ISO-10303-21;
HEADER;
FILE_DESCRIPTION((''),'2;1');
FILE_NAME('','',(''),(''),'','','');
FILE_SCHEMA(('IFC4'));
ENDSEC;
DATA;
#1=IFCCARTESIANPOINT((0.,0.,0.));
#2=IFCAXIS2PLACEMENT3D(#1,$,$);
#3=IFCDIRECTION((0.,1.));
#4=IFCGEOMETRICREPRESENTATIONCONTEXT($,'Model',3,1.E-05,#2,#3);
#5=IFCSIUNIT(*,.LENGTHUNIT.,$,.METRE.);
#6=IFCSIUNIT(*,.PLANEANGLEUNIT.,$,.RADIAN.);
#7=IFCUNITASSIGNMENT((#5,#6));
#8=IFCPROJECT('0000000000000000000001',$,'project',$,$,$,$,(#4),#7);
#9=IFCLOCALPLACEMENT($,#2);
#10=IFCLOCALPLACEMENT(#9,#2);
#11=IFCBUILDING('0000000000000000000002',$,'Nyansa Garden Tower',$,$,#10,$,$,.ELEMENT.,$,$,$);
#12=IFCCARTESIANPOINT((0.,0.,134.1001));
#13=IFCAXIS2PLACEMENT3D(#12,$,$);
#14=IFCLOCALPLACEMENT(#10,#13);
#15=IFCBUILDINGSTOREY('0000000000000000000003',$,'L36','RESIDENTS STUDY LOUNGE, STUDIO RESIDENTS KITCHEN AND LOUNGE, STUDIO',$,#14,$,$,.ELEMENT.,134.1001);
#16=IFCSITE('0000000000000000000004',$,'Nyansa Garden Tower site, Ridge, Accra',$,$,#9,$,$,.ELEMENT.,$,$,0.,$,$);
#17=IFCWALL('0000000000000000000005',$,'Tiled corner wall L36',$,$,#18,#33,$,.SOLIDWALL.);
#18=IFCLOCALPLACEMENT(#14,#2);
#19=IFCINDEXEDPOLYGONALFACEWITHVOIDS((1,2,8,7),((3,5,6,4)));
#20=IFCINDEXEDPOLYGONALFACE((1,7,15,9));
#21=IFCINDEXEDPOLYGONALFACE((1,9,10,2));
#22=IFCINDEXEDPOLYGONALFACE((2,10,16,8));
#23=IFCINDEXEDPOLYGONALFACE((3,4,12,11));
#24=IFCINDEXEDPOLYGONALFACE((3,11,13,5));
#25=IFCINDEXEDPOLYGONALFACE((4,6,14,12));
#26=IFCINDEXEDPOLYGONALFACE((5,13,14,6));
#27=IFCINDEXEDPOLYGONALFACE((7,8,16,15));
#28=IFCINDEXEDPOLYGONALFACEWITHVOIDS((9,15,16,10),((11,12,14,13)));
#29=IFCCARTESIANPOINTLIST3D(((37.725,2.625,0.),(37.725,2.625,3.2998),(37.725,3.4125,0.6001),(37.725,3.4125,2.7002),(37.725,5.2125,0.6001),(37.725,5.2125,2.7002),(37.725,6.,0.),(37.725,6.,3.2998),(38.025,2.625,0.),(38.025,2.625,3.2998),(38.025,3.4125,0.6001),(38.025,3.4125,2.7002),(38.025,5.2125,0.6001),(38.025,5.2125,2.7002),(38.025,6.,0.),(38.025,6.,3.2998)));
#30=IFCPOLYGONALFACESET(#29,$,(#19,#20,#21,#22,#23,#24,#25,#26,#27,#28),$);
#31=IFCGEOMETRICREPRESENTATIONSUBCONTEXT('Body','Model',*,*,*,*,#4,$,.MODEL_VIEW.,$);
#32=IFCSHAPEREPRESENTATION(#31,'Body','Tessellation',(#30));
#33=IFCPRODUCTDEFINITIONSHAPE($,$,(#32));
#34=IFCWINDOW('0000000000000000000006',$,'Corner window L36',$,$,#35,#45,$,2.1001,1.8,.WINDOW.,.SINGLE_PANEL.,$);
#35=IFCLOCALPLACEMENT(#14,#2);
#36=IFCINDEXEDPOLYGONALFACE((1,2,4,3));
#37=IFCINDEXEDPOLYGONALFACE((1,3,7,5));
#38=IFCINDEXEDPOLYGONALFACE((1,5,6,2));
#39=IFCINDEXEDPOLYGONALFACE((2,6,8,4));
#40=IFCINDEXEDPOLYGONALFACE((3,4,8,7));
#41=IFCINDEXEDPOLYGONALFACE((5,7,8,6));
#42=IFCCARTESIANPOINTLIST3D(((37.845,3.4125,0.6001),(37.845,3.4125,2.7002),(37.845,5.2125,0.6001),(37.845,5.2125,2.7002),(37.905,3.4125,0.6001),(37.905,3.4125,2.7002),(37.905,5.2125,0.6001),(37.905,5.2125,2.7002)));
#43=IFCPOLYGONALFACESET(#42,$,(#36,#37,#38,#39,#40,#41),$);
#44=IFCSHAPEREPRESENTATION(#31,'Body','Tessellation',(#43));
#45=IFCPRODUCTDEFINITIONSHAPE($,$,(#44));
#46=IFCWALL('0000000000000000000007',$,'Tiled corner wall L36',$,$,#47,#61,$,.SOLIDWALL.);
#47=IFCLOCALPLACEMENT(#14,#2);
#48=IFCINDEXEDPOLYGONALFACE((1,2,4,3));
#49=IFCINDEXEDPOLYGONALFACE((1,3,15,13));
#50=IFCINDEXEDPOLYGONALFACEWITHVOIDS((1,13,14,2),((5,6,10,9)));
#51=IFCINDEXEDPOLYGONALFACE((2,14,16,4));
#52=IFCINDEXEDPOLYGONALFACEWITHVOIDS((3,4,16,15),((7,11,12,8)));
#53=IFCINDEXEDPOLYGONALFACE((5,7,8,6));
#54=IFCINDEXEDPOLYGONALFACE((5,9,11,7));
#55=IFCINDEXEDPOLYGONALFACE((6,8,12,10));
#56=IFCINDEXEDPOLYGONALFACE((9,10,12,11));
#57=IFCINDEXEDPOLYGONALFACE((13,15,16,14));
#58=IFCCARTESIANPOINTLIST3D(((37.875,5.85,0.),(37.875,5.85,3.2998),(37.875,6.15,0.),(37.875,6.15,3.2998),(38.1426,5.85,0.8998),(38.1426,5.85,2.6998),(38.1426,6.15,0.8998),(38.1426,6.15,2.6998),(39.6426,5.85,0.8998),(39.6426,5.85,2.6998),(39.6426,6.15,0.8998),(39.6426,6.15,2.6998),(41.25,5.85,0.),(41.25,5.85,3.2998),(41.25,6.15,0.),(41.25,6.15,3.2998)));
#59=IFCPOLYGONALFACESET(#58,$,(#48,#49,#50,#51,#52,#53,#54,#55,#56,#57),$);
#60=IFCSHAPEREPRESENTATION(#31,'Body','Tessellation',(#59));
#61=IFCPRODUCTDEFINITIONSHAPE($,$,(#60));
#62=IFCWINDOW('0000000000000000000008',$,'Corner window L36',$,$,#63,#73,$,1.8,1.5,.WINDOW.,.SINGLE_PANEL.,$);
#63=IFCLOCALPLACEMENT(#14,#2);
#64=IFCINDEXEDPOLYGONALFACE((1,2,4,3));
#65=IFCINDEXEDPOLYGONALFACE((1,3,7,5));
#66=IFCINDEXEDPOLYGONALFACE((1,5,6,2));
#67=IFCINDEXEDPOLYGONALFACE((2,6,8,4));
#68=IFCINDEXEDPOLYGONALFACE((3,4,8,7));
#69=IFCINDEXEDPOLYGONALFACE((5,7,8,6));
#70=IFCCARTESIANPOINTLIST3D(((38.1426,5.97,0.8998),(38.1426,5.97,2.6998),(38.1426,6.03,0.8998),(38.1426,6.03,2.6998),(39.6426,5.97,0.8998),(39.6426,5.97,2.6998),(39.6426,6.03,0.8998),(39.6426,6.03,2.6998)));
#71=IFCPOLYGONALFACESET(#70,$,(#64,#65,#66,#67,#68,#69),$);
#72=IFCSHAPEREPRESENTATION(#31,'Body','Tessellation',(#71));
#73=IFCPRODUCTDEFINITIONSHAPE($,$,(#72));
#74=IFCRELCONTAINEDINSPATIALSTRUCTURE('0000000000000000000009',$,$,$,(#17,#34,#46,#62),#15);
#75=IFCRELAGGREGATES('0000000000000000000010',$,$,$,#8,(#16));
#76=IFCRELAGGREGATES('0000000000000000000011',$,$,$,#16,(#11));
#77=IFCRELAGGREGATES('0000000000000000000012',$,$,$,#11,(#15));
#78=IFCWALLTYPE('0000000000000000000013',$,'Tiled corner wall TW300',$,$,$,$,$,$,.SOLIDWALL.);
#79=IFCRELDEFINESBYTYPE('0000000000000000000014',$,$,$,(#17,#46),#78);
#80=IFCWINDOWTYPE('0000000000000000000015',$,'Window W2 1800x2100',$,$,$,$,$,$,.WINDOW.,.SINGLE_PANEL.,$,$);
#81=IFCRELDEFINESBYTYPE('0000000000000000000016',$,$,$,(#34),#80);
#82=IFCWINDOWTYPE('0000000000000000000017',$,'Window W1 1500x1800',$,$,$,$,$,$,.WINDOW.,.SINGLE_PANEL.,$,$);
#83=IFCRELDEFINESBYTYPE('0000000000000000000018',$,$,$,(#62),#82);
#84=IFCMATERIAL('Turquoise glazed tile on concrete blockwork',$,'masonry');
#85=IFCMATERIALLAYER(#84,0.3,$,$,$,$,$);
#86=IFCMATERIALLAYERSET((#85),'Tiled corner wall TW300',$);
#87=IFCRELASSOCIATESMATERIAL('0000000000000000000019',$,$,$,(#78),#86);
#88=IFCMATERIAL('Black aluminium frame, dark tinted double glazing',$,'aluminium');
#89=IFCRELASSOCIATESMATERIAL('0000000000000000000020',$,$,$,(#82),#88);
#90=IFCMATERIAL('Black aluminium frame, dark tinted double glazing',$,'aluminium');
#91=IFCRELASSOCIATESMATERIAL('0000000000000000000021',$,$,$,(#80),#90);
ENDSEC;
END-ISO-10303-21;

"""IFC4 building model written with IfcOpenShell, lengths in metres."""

from ifc_helpers import new_model, si_unit, direction, frame, frame_2d, origin, place, context, subcontext, project, spatial, rectangle, extrude, material, layer, layer_set, type_object, element, fill, save


model = new_model("IFC4")

# Units and contexts
model_context = context("Model", 3, precision=1e-05, world=origin(), true_north=direction((0.0, 1.0)))
body_context = subcontext(model_context, "Body", "Model", "MODEL_VIEW")
ifc_project = project(units=[si_unit("LENGTHUNIT", "METRE"), si_unit("PLANEANGLEUNIT", "RADIAN")], contexts=[model_context])

# Site, building, storey
site_placement = place(None, origin())
site = spatial("IfcSite", under=ifc_project, at=site_placement, Name="Nyansa Garden Tower site, Ridge, Accra", CompositionType="ELEMENT", RefElevation=0.0)
building_placement = place(site_placement, origin())
building = spatial("IfcBuilding", under=site, at=building_placement, Name="Nyansa Garden Tower", CompositionType="ELEMENT")
storey_placement = place(building_placement, frame((0.0, 0.0, 134.1001)))
storey = spatial("IfcBuildingStorey", under=building, at=storey_placement, Name="L36", Description="RESIDENTS STUDY LOUNGE, STUDIO RESIDENTS KITCHEN AND LOUNGE, STUDIO", CompositionType="ELEMENT", Elevation=134.1001)

# Walls, openings, windows
ifc_material_1 = material(Name="Turquoise glazed tile on concrete blockwork", Category="masonry")
ifc_layer_1 = layer(ifc_material_1, 0.3)
ifc_layer_set_1 = layer_set([ifc_layer_1], Name="Tiled corner wall TW300")
wall_type_1 = type_object("IfcWallType", Name="Tiled corner wall TW300", PredefinedType="SOLIDWALL", material=ifc_layer_set_1)
ifc_material_2 = material(Name="Black aluminium frame, dark tinted double glazing", Category="aluminium")
window_type_1 = type_object("IfcWindowType", Name="Window W1 1500x1800", PartitioningType="SINGLE_PANEL", PredefinedType="WINDOW", material=ifc_material_2)
ifc_material_3 = material(Name="Black aluminium frame, dark tinted double glazing", Category="aluminium")
window_type_2 = type_object("IfcWindowType", Name="Window W2 1800x2100", PartitioningType="SINGLE_PANEL", PredefinedType="WINDOW", material=ifc_material_3)
wall_1_placement = place(storey_placement, frame((37.875, 2.625, 0.0), z_axis=(0.0, 0.0, 1.0), x_axis=(0.0, 1.0, 0.0)))
wall_1 = element("IfcWall", 1, at=wall_1_placement, inside=storey, type_object=wall_type_1, Name="Tiled corner wall L36", PredefinedType="SOLIDWALL", context=body_context, shape_type="SweptSolid", body=[
    extrude(rectangle(XDim=3.375, YDim=0.3, at=frame_2d((1.6875, 0.0))), origin(), (0.0, 0.0, 1.0), 3.2998),
])
opening_1_placement = place(wall_1_placement, frame((0.7876, 0.0, 0.6001)))
opening_1 = element("IfcOpeningElement", 2, at=opening_1_placement, cuts=wall_1, PredefinedType="OPENING", context=body_context, shape_type="SweptSolid", body=[
    extrude(rectangle(XDim=1.8, YDim=2.1001, at=frame_2d((0.8999, 1.05))), frame((0.0, 0.1599, 0.0), z_axis=(0.0, -1.0, 0.0), x_axis=(1.0, 0.0, 0.0)), (0.0, 0.0, 1.0), 0.3201),
])
window_1_placement = place(opening_1_placement, origin())
window_1 = element("IfcWindow", 3, at=window_1_placement, inside=storey, type_object=window_type_2, Name="Corner window L36", OverallHeight=2.1001, OverallWidth=1.8, PartitioningType="SINGLE_PANEL", PredefinedType="WINDOW", context=body_context, shape_type="SweptSolid", body=[
    extrude(rectangle(XDim=1.8, YDim=2.1001, at=frame_2d((0.8999, 1.05))), frame((0.0, 0.03, 0.0), z_axis=(0.0, -1.0, 0.0), x_axis=(1.0, 0.0, 0.0)), (0.0, 0.0, 1.0), 0.0601),
])
fill(opening_1, window_1)
wall_2_placement = place(storey_placement, frame((37.875, 6.0, 0.0), z_axis=(0.0, 0.0, 1.0), x_axis=(1.0, 0.0, 0.0)))
wall_2 = element("IfcWall", 4, at=wall_2_placement, inside=storey, type_object=wall_type_1, Name="Tiled corner wall L36", PredefinedType="SOLIDWALL", context=body_context, shape_type="SweptSolid", body=[
    extrude(rectangle(XDim=3.375, YDim=0.3, at=frame_2d((1.6875, 0.0))), origin(), (0.0, 0.0, 1.0), 3.2998),
])
opening_2_placement = place(wall_2_placement, frame((0.2676, 0.0, 0.8999)))
opening_2 = element("IfcOpeningElement", 5, at=opening_2_placement, cuts=wall_2, PredefinedType="OPENING", context=body_context, shape_type="SweptSolid", body=[
    extrude(rectangle(XDim=1.5, YDim=1.8, at=frame_2d((0.75, 0.8999))), frame((0.0, 0.1599, 0.0), z_axis=(0.0, -1.0, 0.0), x_axis=(1.0, 0.0, 0.0)), (0.0, 0.0, 1.0), 0.3201),
])
window_2_placement = place(opening_2_placement, origin())
window_2 = element("IfcWindow", 6, at=window_2_placement, inside=storey, type_object=window_type_1, Name="Corner window L36", OverallHeight=1.8, OverallWidth=1.5, PartitioningType="SINGLE_PANEL", PredefinedType="WINDOW", context=body_context, shape_type="SweptSolid", body=[
    extrude(rectangle(XDim=1.5, YDim=1.8, at=frame_2d((0.75, 0.8999))), frame((0.0, 0.03, 0.0), z_axis=(0.0, -1.0, 0.0), x_axis=(1.0, 0.0, 0.0)), (0.0, 0.0, 1.0), 0.0601),
])
fill(opening_2, window_2)

save(model, "model.ifc")
